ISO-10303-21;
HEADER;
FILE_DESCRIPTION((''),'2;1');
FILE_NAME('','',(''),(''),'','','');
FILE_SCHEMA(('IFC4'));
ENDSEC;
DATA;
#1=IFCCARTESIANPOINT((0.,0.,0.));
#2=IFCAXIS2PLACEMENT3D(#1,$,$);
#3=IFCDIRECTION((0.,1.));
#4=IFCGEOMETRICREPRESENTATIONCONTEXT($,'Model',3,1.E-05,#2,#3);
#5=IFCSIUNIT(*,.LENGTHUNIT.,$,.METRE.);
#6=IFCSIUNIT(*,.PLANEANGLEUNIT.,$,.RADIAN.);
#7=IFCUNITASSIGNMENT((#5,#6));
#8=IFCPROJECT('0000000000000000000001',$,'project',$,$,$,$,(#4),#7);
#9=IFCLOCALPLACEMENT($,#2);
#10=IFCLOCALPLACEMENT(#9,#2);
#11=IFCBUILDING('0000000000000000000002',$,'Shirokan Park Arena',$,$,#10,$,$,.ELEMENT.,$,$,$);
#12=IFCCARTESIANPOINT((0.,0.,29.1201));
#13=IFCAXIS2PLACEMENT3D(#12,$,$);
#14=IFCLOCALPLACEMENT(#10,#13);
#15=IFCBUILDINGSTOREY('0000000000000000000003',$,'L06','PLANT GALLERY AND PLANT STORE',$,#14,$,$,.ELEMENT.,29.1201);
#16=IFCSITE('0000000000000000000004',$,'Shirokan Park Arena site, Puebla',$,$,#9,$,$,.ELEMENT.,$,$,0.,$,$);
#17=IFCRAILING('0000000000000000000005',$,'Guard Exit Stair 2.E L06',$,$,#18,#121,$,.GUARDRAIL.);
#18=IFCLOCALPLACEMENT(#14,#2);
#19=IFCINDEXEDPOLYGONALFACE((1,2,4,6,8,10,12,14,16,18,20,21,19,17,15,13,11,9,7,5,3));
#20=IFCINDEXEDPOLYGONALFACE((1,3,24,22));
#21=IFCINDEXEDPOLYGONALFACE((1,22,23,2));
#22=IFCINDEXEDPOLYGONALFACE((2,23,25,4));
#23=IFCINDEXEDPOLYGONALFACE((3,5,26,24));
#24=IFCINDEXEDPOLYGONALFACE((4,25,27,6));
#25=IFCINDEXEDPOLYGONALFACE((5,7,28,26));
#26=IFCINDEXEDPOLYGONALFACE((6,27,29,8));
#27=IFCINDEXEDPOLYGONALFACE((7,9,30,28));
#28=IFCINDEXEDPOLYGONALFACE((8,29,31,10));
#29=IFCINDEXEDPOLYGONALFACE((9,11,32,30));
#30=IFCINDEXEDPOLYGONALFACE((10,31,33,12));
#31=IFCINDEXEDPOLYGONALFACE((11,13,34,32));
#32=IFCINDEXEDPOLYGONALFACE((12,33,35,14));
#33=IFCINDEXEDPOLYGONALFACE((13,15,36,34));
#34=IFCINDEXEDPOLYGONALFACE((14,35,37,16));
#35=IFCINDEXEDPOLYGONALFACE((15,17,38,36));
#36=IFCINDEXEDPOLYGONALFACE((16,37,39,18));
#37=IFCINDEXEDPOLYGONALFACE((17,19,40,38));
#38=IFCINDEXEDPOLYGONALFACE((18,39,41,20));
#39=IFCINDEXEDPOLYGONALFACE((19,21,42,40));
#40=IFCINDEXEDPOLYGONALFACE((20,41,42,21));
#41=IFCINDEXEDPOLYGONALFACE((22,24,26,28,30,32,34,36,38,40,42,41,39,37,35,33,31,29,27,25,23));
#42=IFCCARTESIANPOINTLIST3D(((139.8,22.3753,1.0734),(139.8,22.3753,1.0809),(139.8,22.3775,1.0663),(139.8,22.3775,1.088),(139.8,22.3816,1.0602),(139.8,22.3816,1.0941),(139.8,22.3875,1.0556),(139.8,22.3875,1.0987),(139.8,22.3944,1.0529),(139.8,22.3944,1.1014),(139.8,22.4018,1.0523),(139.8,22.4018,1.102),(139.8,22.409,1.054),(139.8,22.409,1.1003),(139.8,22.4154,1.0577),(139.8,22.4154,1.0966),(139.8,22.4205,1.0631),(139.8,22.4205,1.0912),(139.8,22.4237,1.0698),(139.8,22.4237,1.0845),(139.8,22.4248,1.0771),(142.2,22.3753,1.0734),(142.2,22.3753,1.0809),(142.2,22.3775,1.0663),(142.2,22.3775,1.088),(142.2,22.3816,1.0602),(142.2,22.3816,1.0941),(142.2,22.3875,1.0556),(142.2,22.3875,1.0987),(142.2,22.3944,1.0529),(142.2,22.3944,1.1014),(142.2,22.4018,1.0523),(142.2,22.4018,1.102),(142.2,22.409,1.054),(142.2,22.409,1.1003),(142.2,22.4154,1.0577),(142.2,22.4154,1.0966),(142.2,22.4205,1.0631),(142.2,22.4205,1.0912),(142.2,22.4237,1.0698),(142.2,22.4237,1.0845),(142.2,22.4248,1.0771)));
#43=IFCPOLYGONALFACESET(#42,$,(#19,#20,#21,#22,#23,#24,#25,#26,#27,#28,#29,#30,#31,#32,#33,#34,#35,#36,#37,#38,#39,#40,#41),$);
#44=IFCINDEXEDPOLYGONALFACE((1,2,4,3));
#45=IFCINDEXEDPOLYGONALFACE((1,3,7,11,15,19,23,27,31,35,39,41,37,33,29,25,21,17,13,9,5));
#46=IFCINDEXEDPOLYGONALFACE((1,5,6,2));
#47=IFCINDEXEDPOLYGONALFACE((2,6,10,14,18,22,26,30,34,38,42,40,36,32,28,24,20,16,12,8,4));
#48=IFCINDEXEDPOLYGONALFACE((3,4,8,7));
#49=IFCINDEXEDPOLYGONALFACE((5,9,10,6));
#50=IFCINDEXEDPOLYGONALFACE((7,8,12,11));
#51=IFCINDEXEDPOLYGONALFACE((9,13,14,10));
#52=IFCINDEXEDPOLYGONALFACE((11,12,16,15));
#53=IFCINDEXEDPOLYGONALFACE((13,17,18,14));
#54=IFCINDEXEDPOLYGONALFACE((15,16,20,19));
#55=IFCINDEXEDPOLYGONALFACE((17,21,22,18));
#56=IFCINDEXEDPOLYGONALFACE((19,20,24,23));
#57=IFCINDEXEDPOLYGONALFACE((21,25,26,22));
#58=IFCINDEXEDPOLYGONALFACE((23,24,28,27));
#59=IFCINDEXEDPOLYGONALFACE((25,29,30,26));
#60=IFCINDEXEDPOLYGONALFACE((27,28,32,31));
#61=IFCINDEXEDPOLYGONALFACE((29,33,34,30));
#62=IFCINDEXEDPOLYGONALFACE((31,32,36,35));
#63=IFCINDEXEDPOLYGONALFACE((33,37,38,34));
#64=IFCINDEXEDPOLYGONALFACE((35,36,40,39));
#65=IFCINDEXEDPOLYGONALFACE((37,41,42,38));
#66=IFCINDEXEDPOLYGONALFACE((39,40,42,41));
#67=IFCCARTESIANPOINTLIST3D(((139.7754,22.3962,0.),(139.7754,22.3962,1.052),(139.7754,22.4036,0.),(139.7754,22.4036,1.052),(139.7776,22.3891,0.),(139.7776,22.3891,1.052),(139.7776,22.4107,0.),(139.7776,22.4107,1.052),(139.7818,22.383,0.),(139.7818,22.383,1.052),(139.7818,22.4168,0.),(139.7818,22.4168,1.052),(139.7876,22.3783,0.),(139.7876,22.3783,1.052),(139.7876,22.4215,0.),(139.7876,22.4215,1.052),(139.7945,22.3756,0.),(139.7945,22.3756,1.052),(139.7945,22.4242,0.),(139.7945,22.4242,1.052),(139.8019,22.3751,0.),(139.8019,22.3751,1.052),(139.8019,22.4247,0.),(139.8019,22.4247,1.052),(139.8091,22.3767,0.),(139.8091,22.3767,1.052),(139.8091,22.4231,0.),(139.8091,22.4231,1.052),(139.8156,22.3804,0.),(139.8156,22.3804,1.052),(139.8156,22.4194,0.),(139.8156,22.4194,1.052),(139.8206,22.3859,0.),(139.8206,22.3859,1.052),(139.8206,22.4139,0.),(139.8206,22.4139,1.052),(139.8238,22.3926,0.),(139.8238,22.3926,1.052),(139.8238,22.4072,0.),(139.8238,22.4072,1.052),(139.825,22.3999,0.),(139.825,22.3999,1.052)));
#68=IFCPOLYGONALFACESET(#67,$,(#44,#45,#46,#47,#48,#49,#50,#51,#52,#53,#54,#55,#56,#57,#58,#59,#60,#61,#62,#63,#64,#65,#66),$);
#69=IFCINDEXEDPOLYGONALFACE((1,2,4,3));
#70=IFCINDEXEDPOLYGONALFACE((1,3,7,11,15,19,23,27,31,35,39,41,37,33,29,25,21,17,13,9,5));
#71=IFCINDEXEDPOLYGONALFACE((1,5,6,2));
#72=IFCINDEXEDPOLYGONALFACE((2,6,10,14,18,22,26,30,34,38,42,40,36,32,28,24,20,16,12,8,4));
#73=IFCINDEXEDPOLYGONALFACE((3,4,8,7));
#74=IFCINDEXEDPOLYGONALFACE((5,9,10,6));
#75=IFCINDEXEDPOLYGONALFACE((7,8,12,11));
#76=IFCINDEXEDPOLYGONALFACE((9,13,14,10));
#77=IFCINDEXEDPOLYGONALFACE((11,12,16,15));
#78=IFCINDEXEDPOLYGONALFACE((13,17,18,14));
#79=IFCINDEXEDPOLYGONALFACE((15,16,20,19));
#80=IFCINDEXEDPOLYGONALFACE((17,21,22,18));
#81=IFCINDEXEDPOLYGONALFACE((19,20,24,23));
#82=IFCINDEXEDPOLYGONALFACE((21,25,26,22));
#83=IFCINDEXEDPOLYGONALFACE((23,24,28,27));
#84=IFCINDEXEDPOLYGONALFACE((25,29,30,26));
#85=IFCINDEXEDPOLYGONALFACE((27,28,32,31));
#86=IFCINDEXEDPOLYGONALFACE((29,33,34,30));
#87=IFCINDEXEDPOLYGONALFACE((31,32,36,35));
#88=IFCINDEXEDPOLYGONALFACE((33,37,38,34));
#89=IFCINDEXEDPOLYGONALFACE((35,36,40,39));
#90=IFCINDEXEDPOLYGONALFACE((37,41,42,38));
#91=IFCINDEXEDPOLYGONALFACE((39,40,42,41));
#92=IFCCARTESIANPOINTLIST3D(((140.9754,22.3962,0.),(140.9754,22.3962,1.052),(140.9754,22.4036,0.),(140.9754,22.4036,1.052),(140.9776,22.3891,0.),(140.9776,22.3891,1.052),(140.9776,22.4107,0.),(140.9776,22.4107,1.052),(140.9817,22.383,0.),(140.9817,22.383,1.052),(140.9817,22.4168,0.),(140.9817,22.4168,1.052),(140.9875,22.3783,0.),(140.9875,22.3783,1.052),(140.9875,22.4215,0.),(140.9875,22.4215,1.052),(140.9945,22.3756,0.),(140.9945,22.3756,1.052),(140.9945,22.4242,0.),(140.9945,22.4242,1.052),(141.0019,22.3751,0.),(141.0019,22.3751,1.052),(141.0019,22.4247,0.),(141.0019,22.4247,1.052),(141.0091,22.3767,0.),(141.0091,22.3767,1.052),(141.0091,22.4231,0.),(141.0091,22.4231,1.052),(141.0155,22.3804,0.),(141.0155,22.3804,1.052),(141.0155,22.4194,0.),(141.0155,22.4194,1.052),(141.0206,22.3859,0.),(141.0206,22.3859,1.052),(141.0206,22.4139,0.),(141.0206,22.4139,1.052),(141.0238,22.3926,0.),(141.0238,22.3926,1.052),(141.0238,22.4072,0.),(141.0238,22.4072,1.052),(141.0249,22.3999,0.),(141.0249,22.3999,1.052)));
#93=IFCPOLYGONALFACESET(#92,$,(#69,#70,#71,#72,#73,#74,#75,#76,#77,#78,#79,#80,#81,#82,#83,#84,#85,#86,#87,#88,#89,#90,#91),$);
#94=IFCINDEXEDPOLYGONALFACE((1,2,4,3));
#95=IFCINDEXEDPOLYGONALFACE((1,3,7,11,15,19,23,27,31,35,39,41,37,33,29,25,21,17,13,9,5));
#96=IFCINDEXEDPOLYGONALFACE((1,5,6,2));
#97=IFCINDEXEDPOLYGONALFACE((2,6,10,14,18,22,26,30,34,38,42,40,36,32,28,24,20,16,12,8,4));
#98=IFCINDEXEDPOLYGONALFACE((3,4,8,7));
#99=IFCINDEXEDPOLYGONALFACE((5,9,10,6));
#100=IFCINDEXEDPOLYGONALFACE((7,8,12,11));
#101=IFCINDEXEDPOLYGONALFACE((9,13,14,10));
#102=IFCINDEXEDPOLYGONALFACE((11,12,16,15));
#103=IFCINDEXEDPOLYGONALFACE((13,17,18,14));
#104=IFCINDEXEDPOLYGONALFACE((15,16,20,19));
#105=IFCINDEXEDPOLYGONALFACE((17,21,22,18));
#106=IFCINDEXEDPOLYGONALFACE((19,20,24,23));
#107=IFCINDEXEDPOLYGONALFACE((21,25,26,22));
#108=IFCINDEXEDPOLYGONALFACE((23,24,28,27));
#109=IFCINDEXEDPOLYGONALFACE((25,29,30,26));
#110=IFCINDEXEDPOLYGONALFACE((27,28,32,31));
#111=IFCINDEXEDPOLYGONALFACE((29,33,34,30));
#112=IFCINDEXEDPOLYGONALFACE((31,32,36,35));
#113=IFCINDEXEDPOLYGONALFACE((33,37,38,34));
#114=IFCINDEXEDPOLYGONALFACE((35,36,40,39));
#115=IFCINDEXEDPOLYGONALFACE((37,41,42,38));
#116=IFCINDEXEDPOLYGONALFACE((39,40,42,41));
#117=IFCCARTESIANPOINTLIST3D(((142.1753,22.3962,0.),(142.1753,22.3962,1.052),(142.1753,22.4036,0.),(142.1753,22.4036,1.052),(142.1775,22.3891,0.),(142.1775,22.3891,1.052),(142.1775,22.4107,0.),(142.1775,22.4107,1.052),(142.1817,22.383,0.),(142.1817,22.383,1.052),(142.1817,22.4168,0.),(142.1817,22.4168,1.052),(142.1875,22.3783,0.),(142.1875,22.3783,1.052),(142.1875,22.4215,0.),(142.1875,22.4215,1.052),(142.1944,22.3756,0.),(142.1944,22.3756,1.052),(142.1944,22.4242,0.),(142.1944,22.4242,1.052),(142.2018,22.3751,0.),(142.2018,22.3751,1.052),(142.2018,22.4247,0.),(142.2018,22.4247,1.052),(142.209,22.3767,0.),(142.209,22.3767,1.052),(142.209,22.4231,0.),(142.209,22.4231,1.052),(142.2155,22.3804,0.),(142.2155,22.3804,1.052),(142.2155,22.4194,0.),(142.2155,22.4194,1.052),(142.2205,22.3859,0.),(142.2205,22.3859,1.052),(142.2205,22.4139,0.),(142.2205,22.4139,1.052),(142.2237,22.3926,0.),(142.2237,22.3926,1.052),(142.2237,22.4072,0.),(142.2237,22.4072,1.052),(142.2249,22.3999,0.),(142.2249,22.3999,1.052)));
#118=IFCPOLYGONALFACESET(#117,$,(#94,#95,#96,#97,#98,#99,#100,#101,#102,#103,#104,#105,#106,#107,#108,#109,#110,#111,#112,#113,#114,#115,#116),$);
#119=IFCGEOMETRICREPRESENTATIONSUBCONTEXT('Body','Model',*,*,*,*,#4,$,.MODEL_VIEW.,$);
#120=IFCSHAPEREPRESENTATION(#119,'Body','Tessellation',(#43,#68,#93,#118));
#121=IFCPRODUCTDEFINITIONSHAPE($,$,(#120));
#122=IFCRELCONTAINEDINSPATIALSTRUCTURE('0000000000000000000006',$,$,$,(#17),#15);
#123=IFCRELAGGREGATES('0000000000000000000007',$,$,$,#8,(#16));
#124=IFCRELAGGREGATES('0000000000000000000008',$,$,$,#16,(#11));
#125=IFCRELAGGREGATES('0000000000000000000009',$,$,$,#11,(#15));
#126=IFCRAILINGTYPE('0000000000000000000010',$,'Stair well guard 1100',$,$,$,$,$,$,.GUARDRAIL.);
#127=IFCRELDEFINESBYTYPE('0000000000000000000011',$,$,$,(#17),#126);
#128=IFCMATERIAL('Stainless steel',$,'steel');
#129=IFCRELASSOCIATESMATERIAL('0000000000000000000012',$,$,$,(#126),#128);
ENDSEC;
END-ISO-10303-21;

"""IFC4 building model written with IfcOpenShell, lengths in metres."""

from ifc_helpers import new_model, si_unit, direction, frame, origin, origin_2d, place, context, subcontext, project, spatial, circle, extrude, material, type_object, element, save


model = new_model("IFC4")

# Units and contexts
model_context = context("Model", 3, precision=1e-05, world=origin(), true_north=direction((0.0, 1.0)))
body_context = subcontext(model_context, "Body", "Model", "MODEL_VIEW")
ifc_project = project(units=[si_unit("LENGTHUNIT", "METRE"), si_unit("PLANEANGLEUNIT", "RADIAN")], contexts=[model_context])

# Site, building, storey
site_placement = place(None, origin())
site = spatial("IfcSite", under=ifc_project, at=site_placement, Name="Shirokan Park Arena site, Puebla", CompositionType="ELEMENT", RefElevation=0.0)
building_placement = place(site_placement, origin())
building = spatial("IfcBuilding", under=site, at=building_placement, Name="Shirokan Park Arena", CompositionType="ELEMENT")
storey_placement = place(building_placement, frame((0.0, 0.0, 29.1201)))
storey = spatial("IfcBuildingStorey", under=building, at=storey_placement, Name="L06", Description="PLANT GALLERY AND PLANT STORE", CompositionType="ELEMENT", Elevation=29.1201)

# Railing
ifc_material_1 = material(Name="Stainless steel", Category="steel")
railing_type = type_object("IfcRailingType", Name="Stair well guard 1100", PredefinedType="GUARDRAIL", material=ifc_material_1)
railing_placement = place(storey_placement, frame((139.8, 22.3999, 0.0)))
element("IfcRailing", 1, at=railing_placement, inside=storey, type_object=railing_type, Name="Guard Exit Stair 2.E L06", PredefinedType="GUARDRAIL", context=body_context, shape_type="SweptSolid", body=[
    extrude(circle(Radius=0.0249, at=origin_2d()), frame((0.0, 0.0, 1.0771), z_axis=(1.0, 0.0, 0.0), x_axis=(0.0, 1.0, 0.0)), (0.0, 0.0, 1.0), 2.3999),
    extrude(circle(Radius=0.0249, at=origin_2d()), origin(), (0.0, 0.0, 1.0), 1.052),
    extrude(circle(Radius=0.0249, at=origin_2d()), frame((1.2, 0.0, 0.0)), (0.0, 0.0, 1.0), 1.052),
    extrude(circle(Radius=0.0249, at=origin_2d()), frame((2.3999, 0.0, 0.0)), (0.0, 0.0, 1.0), 1.052),
])

save(model, "model.ifc")
